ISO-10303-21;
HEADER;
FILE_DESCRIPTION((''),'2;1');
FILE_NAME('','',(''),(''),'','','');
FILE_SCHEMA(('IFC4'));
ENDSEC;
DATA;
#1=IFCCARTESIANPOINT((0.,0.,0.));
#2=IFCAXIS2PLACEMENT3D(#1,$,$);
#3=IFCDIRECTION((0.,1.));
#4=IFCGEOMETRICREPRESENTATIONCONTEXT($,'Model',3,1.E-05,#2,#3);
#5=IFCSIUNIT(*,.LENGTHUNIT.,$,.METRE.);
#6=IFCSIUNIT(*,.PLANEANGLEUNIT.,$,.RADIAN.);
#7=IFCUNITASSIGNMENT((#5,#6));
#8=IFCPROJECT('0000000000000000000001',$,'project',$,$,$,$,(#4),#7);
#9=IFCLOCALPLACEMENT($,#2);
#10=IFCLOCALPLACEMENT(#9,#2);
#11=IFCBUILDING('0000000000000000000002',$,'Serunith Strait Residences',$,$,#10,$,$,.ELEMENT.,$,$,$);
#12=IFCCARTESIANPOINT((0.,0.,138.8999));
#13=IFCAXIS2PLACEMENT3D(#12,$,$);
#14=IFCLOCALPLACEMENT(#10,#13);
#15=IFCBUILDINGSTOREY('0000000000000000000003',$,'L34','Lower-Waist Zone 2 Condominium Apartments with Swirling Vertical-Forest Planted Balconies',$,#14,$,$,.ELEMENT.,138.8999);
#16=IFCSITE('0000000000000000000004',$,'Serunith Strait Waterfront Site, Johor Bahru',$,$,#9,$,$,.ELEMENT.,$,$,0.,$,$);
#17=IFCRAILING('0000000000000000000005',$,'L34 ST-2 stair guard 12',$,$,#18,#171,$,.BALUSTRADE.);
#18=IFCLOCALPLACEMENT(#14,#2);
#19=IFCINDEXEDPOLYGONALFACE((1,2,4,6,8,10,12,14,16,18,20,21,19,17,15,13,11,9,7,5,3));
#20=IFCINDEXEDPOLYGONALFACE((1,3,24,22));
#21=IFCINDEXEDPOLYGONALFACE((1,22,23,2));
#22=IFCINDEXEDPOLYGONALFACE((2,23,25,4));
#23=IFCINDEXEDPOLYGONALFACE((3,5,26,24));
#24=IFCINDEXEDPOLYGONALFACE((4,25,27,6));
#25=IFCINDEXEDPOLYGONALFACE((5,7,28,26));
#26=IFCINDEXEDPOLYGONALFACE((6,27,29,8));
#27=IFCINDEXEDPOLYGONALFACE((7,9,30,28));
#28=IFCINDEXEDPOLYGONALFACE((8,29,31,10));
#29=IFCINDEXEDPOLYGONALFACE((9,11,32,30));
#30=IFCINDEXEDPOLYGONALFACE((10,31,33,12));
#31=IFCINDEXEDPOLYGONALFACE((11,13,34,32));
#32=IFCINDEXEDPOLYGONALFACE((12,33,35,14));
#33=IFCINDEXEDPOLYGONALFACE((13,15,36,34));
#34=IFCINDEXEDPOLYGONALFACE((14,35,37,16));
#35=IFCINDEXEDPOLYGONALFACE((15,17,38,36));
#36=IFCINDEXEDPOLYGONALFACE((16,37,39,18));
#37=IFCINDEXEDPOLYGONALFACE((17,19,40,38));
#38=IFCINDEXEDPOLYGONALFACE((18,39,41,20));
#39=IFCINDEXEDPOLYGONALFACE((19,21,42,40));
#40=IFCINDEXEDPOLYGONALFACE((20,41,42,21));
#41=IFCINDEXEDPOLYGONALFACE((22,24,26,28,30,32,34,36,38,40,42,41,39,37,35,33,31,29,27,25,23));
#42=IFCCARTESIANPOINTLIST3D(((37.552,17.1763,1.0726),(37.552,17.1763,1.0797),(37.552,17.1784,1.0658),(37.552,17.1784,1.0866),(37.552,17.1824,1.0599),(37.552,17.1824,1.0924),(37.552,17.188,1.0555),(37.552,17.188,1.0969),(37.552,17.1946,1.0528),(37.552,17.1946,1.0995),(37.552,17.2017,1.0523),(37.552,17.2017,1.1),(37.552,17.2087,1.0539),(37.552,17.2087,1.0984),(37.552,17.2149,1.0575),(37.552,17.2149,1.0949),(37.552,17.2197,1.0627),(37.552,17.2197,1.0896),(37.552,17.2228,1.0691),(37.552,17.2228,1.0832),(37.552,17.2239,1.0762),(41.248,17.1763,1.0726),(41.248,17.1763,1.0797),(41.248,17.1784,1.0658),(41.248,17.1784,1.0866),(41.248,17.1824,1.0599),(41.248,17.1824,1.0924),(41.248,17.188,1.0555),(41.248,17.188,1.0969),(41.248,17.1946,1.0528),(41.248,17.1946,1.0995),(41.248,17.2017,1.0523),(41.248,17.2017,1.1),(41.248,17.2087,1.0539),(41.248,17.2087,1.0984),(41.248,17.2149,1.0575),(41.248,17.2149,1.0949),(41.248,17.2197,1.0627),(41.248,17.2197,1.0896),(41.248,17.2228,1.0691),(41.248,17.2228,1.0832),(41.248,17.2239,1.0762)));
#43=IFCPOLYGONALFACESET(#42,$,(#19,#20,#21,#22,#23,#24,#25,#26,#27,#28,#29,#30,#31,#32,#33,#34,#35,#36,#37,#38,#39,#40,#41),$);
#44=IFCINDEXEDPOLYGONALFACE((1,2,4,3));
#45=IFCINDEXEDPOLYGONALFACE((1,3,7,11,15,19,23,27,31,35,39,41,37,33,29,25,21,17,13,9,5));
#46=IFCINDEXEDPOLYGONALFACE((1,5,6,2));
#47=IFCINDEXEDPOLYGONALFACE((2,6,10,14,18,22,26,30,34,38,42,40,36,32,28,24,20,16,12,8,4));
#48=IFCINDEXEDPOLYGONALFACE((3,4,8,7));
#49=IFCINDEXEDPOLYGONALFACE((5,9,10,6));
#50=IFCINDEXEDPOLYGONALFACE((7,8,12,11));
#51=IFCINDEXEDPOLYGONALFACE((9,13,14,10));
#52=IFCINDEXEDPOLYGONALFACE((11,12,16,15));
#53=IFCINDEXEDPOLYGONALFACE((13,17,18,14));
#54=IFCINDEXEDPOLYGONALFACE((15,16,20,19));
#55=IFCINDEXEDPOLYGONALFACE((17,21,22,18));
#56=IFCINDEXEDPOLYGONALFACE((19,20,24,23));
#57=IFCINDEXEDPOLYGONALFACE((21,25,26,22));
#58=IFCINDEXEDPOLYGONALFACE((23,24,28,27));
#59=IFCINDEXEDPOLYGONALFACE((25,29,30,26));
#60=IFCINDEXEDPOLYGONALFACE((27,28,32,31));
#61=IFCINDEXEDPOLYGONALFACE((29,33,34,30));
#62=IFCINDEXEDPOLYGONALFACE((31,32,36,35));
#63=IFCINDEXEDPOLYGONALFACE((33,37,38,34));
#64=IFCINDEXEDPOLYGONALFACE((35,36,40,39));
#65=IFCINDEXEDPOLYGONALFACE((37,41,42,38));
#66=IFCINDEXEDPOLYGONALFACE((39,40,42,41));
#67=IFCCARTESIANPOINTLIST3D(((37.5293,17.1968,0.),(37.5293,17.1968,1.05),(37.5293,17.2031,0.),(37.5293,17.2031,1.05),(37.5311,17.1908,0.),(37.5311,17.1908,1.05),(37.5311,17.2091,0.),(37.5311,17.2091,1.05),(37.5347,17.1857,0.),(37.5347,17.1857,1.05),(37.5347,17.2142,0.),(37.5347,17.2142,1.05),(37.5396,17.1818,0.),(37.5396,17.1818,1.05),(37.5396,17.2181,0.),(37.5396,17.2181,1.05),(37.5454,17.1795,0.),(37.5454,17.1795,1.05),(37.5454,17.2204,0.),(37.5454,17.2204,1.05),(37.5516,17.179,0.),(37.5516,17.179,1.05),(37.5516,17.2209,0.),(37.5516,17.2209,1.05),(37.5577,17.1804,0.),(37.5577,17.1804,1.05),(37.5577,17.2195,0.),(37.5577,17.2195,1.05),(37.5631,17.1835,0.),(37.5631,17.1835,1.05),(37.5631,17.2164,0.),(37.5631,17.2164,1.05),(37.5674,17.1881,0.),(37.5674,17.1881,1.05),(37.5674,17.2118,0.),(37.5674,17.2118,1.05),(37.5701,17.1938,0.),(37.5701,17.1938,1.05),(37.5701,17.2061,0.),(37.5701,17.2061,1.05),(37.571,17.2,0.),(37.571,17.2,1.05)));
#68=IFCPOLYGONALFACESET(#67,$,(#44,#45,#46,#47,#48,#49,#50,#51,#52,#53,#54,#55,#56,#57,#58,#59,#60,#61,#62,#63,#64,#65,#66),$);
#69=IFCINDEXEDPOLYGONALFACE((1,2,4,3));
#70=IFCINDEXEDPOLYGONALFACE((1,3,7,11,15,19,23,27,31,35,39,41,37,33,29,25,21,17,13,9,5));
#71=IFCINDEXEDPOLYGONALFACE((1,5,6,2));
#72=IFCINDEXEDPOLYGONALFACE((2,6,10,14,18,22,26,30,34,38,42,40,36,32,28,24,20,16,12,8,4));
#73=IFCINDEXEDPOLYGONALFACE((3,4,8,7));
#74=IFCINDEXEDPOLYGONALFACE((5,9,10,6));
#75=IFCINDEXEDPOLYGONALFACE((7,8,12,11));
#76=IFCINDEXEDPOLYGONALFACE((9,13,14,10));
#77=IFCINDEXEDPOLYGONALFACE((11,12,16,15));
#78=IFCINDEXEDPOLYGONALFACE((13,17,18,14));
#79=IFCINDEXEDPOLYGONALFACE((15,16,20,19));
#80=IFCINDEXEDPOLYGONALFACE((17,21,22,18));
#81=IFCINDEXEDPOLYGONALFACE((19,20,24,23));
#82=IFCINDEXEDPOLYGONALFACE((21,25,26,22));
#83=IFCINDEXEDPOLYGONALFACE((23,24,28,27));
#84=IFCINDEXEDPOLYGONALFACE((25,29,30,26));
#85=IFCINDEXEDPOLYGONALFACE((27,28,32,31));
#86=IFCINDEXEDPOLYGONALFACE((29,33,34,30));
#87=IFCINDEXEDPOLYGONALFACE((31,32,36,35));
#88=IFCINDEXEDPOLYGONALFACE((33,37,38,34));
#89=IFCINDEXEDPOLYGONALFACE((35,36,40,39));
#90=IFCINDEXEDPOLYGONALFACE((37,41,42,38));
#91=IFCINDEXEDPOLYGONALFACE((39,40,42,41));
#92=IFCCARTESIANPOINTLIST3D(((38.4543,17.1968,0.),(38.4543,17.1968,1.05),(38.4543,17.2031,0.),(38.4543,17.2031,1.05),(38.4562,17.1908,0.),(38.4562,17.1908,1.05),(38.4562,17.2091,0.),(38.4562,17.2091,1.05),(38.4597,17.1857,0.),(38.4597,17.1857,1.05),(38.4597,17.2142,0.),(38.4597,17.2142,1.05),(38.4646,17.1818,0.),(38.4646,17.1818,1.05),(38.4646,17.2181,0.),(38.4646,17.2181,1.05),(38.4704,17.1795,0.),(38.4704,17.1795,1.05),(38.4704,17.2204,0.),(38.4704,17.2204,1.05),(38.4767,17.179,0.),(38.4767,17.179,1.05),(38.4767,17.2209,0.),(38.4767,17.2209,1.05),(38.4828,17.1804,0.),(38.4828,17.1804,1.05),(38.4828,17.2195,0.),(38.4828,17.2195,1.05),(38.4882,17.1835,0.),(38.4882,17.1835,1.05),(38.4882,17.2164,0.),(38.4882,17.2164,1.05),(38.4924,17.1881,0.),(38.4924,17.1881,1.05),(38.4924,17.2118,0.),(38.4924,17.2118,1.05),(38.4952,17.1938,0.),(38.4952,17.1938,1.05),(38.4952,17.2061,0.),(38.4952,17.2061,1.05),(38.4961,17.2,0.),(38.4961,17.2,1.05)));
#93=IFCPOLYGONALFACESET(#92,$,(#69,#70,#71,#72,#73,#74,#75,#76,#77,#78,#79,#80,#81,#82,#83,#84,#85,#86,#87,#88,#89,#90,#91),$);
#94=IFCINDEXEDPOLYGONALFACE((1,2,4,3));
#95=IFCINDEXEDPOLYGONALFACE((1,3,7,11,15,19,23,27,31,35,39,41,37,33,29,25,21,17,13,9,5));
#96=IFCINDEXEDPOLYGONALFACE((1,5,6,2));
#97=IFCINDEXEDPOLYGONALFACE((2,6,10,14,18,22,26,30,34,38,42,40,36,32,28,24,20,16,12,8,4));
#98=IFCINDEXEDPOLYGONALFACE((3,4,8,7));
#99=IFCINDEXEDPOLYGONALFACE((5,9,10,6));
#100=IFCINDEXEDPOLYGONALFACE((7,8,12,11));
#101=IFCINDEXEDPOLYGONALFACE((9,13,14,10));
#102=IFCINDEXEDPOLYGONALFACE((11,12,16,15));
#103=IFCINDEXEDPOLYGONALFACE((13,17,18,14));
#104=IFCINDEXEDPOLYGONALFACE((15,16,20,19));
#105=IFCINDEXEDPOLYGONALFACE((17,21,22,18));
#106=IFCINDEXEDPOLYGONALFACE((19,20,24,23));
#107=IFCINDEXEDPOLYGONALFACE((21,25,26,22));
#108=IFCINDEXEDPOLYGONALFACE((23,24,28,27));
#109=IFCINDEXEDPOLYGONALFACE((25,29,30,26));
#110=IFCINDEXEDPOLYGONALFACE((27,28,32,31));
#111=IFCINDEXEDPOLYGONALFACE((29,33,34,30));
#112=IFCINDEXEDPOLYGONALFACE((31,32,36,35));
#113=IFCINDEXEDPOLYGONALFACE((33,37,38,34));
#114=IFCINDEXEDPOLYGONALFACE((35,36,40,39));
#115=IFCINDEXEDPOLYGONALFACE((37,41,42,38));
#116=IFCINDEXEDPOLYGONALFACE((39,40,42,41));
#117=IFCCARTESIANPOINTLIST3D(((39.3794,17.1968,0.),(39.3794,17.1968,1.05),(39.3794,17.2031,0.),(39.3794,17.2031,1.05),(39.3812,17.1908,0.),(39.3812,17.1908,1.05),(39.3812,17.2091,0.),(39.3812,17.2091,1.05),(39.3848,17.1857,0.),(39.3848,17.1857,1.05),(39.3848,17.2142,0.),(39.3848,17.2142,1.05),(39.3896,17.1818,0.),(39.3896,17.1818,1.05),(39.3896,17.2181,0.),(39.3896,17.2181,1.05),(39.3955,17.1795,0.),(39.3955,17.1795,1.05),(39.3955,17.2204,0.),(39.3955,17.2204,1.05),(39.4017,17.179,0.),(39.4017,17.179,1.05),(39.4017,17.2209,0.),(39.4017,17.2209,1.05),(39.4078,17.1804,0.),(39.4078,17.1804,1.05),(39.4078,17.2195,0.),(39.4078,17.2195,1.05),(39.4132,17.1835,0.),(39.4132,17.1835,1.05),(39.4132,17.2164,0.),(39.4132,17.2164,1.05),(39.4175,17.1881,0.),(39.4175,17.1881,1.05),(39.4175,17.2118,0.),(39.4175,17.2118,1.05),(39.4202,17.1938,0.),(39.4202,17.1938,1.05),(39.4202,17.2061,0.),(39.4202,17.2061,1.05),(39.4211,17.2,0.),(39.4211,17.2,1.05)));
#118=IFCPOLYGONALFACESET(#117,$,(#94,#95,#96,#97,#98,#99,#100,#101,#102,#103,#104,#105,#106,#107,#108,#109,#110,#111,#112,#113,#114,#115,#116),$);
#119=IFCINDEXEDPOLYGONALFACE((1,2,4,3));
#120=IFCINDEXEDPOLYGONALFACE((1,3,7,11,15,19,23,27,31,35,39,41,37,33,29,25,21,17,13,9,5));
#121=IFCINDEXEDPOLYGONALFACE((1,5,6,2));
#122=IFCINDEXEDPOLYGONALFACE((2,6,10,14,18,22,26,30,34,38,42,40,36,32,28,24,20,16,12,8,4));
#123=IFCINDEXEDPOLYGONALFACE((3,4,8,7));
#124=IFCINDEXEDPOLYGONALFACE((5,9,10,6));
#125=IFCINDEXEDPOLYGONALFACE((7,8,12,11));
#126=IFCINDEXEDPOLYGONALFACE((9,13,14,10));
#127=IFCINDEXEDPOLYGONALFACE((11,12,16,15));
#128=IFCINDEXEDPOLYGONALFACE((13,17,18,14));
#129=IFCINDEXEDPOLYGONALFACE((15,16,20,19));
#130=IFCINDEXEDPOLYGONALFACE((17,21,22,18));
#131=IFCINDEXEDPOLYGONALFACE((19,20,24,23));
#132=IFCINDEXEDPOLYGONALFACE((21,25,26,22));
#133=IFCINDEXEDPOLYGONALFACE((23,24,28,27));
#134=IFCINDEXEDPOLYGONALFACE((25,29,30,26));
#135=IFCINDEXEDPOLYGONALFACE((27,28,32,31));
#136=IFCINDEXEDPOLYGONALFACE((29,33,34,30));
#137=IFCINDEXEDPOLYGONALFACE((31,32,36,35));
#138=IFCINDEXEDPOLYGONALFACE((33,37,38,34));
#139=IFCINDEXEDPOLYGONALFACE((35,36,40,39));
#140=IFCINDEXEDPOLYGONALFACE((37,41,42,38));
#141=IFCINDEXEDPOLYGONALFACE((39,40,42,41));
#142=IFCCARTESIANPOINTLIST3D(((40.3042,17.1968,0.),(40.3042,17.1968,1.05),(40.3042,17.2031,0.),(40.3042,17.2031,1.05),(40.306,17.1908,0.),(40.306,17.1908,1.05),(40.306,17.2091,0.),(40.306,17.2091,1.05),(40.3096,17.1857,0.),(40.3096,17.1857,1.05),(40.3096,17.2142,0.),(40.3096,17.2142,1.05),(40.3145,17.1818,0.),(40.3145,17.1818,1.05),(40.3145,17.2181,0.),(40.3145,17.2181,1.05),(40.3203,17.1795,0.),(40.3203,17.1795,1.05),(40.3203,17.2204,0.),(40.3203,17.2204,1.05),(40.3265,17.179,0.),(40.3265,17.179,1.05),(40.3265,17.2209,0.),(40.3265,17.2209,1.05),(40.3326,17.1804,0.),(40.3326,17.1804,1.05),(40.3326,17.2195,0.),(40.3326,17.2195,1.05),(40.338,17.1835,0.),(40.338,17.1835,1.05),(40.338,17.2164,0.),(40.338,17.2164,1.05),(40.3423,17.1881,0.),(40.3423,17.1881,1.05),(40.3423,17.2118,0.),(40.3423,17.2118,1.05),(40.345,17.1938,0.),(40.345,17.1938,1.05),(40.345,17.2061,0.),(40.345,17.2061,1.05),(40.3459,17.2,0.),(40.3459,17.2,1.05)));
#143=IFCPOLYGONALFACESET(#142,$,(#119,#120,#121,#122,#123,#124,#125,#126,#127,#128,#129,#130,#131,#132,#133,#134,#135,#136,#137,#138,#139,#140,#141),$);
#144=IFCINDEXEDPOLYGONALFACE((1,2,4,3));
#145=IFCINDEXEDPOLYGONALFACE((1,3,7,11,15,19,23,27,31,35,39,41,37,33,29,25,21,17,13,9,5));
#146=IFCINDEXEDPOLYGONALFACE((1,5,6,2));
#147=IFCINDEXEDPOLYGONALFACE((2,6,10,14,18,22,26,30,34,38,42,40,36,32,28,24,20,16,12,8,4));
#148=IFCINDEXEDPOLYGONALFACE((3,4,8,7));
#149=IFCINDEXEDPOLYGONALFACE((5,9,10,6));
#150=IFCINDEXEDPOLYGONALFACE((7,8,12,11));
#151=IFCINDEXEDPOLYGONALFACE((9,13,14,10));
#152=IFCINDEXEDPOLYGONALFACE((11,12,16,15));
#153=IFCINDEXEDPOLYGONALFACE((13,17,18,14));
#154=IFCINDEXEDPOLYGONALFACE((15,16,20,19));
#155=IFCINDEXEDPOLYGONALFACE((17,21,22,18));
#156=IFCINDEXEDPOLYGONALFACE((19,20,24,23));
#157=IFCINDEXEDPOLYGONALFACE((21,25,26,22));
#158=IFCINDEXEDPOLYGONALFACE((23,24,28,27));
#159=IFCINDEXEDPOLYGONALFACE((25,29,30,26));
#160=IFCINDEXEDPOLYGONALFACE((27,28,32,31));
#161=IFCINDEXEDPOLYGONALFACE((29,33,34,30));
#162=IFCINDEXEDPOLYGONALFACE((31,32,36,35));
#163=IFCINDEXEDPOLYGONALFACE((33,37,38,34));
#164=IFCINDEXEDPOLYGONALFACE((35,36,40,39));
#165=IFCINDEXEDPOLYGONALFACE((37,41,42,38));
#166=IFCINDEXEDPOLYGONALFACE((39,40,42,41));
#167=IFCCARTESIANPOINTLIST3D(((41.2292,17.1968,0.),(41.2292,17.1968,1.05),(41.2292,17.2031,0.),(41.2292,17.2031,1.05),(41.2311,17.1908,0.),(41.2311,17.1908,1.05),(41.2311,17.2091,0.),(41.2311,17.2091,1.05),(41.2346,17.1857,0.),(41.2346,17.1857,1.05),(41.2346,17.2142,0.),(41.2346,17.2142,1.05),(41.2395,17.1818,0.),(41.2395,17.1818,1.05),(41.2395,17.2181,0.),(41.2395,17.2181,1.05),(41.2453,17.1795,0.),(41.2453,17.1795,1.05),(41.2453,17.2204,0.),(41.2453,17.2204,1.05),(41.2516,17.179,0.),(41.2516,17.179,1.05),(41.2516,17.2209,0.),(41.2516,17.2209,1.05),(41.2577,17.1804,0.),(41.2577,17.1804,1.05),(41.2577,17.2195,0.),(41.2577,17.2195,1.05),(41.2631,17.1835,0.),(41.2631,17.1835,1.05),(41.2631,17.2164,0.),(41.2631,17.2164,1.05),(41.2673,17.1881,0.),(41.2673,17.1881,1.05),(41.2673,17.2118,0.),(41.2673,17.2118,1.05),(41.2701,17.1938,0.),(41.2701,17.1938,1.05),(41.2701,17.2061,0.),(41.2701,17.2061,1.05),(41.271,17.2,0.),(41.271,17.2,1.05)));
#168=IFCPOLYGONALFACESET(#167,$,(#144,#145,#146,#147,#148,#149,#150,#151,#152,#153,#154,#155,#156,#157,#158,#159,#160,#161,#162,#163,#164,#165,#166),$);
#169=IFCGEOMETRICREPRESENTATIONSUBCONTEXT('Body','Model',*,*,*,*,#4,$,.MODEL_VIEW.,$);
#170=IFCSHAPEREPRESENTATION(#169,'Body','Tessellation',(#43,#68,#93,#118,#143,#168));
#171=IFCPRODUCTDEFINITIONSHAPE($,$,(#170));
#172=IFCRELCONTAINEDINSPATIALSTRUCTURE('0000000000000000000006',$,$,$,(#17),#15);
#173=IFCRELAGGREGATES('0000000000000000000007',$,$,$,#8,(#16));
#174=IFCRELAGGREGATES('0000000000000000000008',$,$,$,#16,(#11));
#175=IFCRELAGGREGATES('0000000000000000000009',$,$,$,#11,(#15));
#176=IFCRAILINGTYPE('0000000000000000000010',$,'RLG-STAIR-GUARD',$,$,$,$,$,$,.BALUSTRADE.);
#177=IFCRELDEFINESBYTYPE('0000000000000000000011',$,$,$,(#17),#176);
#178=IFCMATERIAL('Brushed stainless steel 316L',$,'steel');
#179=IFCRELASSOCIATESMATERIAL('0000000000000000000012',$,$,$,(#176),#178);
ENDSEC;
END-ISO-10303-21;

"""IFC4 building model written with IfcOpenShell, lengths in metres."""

from ifc_helpers import new_model, si_unit, direction, frame, origin, origin_2d, place, context, subcontext, project, spatial, circle, extrude, material, type_object, element, save


model = new_model("IFC4")

# Units and contexts
model_context = context("Model", 3, precision=1e-05, world=origin(), true_north=direction((0.0, 1.0)))
body_context = subcontext(model_context, "Body", "Model", "MODEL_VIEW")
ifc_project = project(units=[si_unit("LENGTHUNIT", "METRE"), si_unit("PLANEANGLEUNIT", "RADIAN")], contexts=[model_context])

# Site, building, storey
site_placement = place(None, origin())
site = spatial("IfcSite", under=ifc_project, at=site_placement, Name="Serunith Strait Waterfront Site, Johor Bahru", CompositionType="ELEMENT", RefElevation=0.0)
building_placement = place(site_placement, origin())
building = spatial("IfcBuilding", under=site, at=building_placement, Name="Serunith Strait Residences", CompositionType="ELEMENT")
storey_placement = place(building_placement, frame((0.0, 0.0, 138.8999)))
storey = spatial("IfcBuildingStorey", under=building, at=storey_placement, Name="L34", Description="Lower-Waist Zone 2 Condominium Apartments with Swirling Vertical-Forest Planted Balconies", CompositionType="ELEMENT", Elevation=138.8999)

# Railing
ifc_material_1 = material(Name="Brushed stainless steel 316L", Category="steel")
railing_type_1 = type_object("IfcRailingType", Name="RLG-STAIR-GUARD", PredefinedType="BALUSTRADE", material=ifc_material_1)
railing_1_placement = place(storey_placement, frame((37.55, 17.2, 0.0)))
element("IfcRailing", 1, at=railing_1_placement, inside=storey, type_object=railing_type_1, Name="L34 ST-2 stair guard 12", PredefinedType="BALUSTRADE", context=body_context, shape_type="SweptSolid", body=[
    extrude(circle(Radius=0.0239, at=origin_2d()), frame((0.002, 0.0, 1.0762), z_axis=(1.0, 0.0, 0.0), x_axis=(0.0, 1.0, 0.0)), (0.0, 0.0, 1.0), 3.696),
    extrude(circle(Radius=0.021, at=origin_2d()), origin(), (0.0, 0.0, 1.0), 1.05),
    extrude(circle(Radius=0.021, at=origin_2d()), frame((0.925, 0.0, 0.0)), (0.0, 0.0, 1.0), 1.05),
    extrude(circle(Radius=0.021, at=origin_2d()), frame((1.8501, 0.0, 0.0)), (0.0, 0.0, 1.0), 1.05),
    extrude(circle(Radius=0.021, at=origin_2d()), frame((2.7749, 0.0, 0.0)), (0.0, 0.0, 1.0), 1.05),
    extrude(circle(Radius=0.021, at=origin_2d()), frame((3.7, 0.0, 0.0)), (0.0, 0.0, 1.0), 1.05),
])

save(model, "model.ifc")
